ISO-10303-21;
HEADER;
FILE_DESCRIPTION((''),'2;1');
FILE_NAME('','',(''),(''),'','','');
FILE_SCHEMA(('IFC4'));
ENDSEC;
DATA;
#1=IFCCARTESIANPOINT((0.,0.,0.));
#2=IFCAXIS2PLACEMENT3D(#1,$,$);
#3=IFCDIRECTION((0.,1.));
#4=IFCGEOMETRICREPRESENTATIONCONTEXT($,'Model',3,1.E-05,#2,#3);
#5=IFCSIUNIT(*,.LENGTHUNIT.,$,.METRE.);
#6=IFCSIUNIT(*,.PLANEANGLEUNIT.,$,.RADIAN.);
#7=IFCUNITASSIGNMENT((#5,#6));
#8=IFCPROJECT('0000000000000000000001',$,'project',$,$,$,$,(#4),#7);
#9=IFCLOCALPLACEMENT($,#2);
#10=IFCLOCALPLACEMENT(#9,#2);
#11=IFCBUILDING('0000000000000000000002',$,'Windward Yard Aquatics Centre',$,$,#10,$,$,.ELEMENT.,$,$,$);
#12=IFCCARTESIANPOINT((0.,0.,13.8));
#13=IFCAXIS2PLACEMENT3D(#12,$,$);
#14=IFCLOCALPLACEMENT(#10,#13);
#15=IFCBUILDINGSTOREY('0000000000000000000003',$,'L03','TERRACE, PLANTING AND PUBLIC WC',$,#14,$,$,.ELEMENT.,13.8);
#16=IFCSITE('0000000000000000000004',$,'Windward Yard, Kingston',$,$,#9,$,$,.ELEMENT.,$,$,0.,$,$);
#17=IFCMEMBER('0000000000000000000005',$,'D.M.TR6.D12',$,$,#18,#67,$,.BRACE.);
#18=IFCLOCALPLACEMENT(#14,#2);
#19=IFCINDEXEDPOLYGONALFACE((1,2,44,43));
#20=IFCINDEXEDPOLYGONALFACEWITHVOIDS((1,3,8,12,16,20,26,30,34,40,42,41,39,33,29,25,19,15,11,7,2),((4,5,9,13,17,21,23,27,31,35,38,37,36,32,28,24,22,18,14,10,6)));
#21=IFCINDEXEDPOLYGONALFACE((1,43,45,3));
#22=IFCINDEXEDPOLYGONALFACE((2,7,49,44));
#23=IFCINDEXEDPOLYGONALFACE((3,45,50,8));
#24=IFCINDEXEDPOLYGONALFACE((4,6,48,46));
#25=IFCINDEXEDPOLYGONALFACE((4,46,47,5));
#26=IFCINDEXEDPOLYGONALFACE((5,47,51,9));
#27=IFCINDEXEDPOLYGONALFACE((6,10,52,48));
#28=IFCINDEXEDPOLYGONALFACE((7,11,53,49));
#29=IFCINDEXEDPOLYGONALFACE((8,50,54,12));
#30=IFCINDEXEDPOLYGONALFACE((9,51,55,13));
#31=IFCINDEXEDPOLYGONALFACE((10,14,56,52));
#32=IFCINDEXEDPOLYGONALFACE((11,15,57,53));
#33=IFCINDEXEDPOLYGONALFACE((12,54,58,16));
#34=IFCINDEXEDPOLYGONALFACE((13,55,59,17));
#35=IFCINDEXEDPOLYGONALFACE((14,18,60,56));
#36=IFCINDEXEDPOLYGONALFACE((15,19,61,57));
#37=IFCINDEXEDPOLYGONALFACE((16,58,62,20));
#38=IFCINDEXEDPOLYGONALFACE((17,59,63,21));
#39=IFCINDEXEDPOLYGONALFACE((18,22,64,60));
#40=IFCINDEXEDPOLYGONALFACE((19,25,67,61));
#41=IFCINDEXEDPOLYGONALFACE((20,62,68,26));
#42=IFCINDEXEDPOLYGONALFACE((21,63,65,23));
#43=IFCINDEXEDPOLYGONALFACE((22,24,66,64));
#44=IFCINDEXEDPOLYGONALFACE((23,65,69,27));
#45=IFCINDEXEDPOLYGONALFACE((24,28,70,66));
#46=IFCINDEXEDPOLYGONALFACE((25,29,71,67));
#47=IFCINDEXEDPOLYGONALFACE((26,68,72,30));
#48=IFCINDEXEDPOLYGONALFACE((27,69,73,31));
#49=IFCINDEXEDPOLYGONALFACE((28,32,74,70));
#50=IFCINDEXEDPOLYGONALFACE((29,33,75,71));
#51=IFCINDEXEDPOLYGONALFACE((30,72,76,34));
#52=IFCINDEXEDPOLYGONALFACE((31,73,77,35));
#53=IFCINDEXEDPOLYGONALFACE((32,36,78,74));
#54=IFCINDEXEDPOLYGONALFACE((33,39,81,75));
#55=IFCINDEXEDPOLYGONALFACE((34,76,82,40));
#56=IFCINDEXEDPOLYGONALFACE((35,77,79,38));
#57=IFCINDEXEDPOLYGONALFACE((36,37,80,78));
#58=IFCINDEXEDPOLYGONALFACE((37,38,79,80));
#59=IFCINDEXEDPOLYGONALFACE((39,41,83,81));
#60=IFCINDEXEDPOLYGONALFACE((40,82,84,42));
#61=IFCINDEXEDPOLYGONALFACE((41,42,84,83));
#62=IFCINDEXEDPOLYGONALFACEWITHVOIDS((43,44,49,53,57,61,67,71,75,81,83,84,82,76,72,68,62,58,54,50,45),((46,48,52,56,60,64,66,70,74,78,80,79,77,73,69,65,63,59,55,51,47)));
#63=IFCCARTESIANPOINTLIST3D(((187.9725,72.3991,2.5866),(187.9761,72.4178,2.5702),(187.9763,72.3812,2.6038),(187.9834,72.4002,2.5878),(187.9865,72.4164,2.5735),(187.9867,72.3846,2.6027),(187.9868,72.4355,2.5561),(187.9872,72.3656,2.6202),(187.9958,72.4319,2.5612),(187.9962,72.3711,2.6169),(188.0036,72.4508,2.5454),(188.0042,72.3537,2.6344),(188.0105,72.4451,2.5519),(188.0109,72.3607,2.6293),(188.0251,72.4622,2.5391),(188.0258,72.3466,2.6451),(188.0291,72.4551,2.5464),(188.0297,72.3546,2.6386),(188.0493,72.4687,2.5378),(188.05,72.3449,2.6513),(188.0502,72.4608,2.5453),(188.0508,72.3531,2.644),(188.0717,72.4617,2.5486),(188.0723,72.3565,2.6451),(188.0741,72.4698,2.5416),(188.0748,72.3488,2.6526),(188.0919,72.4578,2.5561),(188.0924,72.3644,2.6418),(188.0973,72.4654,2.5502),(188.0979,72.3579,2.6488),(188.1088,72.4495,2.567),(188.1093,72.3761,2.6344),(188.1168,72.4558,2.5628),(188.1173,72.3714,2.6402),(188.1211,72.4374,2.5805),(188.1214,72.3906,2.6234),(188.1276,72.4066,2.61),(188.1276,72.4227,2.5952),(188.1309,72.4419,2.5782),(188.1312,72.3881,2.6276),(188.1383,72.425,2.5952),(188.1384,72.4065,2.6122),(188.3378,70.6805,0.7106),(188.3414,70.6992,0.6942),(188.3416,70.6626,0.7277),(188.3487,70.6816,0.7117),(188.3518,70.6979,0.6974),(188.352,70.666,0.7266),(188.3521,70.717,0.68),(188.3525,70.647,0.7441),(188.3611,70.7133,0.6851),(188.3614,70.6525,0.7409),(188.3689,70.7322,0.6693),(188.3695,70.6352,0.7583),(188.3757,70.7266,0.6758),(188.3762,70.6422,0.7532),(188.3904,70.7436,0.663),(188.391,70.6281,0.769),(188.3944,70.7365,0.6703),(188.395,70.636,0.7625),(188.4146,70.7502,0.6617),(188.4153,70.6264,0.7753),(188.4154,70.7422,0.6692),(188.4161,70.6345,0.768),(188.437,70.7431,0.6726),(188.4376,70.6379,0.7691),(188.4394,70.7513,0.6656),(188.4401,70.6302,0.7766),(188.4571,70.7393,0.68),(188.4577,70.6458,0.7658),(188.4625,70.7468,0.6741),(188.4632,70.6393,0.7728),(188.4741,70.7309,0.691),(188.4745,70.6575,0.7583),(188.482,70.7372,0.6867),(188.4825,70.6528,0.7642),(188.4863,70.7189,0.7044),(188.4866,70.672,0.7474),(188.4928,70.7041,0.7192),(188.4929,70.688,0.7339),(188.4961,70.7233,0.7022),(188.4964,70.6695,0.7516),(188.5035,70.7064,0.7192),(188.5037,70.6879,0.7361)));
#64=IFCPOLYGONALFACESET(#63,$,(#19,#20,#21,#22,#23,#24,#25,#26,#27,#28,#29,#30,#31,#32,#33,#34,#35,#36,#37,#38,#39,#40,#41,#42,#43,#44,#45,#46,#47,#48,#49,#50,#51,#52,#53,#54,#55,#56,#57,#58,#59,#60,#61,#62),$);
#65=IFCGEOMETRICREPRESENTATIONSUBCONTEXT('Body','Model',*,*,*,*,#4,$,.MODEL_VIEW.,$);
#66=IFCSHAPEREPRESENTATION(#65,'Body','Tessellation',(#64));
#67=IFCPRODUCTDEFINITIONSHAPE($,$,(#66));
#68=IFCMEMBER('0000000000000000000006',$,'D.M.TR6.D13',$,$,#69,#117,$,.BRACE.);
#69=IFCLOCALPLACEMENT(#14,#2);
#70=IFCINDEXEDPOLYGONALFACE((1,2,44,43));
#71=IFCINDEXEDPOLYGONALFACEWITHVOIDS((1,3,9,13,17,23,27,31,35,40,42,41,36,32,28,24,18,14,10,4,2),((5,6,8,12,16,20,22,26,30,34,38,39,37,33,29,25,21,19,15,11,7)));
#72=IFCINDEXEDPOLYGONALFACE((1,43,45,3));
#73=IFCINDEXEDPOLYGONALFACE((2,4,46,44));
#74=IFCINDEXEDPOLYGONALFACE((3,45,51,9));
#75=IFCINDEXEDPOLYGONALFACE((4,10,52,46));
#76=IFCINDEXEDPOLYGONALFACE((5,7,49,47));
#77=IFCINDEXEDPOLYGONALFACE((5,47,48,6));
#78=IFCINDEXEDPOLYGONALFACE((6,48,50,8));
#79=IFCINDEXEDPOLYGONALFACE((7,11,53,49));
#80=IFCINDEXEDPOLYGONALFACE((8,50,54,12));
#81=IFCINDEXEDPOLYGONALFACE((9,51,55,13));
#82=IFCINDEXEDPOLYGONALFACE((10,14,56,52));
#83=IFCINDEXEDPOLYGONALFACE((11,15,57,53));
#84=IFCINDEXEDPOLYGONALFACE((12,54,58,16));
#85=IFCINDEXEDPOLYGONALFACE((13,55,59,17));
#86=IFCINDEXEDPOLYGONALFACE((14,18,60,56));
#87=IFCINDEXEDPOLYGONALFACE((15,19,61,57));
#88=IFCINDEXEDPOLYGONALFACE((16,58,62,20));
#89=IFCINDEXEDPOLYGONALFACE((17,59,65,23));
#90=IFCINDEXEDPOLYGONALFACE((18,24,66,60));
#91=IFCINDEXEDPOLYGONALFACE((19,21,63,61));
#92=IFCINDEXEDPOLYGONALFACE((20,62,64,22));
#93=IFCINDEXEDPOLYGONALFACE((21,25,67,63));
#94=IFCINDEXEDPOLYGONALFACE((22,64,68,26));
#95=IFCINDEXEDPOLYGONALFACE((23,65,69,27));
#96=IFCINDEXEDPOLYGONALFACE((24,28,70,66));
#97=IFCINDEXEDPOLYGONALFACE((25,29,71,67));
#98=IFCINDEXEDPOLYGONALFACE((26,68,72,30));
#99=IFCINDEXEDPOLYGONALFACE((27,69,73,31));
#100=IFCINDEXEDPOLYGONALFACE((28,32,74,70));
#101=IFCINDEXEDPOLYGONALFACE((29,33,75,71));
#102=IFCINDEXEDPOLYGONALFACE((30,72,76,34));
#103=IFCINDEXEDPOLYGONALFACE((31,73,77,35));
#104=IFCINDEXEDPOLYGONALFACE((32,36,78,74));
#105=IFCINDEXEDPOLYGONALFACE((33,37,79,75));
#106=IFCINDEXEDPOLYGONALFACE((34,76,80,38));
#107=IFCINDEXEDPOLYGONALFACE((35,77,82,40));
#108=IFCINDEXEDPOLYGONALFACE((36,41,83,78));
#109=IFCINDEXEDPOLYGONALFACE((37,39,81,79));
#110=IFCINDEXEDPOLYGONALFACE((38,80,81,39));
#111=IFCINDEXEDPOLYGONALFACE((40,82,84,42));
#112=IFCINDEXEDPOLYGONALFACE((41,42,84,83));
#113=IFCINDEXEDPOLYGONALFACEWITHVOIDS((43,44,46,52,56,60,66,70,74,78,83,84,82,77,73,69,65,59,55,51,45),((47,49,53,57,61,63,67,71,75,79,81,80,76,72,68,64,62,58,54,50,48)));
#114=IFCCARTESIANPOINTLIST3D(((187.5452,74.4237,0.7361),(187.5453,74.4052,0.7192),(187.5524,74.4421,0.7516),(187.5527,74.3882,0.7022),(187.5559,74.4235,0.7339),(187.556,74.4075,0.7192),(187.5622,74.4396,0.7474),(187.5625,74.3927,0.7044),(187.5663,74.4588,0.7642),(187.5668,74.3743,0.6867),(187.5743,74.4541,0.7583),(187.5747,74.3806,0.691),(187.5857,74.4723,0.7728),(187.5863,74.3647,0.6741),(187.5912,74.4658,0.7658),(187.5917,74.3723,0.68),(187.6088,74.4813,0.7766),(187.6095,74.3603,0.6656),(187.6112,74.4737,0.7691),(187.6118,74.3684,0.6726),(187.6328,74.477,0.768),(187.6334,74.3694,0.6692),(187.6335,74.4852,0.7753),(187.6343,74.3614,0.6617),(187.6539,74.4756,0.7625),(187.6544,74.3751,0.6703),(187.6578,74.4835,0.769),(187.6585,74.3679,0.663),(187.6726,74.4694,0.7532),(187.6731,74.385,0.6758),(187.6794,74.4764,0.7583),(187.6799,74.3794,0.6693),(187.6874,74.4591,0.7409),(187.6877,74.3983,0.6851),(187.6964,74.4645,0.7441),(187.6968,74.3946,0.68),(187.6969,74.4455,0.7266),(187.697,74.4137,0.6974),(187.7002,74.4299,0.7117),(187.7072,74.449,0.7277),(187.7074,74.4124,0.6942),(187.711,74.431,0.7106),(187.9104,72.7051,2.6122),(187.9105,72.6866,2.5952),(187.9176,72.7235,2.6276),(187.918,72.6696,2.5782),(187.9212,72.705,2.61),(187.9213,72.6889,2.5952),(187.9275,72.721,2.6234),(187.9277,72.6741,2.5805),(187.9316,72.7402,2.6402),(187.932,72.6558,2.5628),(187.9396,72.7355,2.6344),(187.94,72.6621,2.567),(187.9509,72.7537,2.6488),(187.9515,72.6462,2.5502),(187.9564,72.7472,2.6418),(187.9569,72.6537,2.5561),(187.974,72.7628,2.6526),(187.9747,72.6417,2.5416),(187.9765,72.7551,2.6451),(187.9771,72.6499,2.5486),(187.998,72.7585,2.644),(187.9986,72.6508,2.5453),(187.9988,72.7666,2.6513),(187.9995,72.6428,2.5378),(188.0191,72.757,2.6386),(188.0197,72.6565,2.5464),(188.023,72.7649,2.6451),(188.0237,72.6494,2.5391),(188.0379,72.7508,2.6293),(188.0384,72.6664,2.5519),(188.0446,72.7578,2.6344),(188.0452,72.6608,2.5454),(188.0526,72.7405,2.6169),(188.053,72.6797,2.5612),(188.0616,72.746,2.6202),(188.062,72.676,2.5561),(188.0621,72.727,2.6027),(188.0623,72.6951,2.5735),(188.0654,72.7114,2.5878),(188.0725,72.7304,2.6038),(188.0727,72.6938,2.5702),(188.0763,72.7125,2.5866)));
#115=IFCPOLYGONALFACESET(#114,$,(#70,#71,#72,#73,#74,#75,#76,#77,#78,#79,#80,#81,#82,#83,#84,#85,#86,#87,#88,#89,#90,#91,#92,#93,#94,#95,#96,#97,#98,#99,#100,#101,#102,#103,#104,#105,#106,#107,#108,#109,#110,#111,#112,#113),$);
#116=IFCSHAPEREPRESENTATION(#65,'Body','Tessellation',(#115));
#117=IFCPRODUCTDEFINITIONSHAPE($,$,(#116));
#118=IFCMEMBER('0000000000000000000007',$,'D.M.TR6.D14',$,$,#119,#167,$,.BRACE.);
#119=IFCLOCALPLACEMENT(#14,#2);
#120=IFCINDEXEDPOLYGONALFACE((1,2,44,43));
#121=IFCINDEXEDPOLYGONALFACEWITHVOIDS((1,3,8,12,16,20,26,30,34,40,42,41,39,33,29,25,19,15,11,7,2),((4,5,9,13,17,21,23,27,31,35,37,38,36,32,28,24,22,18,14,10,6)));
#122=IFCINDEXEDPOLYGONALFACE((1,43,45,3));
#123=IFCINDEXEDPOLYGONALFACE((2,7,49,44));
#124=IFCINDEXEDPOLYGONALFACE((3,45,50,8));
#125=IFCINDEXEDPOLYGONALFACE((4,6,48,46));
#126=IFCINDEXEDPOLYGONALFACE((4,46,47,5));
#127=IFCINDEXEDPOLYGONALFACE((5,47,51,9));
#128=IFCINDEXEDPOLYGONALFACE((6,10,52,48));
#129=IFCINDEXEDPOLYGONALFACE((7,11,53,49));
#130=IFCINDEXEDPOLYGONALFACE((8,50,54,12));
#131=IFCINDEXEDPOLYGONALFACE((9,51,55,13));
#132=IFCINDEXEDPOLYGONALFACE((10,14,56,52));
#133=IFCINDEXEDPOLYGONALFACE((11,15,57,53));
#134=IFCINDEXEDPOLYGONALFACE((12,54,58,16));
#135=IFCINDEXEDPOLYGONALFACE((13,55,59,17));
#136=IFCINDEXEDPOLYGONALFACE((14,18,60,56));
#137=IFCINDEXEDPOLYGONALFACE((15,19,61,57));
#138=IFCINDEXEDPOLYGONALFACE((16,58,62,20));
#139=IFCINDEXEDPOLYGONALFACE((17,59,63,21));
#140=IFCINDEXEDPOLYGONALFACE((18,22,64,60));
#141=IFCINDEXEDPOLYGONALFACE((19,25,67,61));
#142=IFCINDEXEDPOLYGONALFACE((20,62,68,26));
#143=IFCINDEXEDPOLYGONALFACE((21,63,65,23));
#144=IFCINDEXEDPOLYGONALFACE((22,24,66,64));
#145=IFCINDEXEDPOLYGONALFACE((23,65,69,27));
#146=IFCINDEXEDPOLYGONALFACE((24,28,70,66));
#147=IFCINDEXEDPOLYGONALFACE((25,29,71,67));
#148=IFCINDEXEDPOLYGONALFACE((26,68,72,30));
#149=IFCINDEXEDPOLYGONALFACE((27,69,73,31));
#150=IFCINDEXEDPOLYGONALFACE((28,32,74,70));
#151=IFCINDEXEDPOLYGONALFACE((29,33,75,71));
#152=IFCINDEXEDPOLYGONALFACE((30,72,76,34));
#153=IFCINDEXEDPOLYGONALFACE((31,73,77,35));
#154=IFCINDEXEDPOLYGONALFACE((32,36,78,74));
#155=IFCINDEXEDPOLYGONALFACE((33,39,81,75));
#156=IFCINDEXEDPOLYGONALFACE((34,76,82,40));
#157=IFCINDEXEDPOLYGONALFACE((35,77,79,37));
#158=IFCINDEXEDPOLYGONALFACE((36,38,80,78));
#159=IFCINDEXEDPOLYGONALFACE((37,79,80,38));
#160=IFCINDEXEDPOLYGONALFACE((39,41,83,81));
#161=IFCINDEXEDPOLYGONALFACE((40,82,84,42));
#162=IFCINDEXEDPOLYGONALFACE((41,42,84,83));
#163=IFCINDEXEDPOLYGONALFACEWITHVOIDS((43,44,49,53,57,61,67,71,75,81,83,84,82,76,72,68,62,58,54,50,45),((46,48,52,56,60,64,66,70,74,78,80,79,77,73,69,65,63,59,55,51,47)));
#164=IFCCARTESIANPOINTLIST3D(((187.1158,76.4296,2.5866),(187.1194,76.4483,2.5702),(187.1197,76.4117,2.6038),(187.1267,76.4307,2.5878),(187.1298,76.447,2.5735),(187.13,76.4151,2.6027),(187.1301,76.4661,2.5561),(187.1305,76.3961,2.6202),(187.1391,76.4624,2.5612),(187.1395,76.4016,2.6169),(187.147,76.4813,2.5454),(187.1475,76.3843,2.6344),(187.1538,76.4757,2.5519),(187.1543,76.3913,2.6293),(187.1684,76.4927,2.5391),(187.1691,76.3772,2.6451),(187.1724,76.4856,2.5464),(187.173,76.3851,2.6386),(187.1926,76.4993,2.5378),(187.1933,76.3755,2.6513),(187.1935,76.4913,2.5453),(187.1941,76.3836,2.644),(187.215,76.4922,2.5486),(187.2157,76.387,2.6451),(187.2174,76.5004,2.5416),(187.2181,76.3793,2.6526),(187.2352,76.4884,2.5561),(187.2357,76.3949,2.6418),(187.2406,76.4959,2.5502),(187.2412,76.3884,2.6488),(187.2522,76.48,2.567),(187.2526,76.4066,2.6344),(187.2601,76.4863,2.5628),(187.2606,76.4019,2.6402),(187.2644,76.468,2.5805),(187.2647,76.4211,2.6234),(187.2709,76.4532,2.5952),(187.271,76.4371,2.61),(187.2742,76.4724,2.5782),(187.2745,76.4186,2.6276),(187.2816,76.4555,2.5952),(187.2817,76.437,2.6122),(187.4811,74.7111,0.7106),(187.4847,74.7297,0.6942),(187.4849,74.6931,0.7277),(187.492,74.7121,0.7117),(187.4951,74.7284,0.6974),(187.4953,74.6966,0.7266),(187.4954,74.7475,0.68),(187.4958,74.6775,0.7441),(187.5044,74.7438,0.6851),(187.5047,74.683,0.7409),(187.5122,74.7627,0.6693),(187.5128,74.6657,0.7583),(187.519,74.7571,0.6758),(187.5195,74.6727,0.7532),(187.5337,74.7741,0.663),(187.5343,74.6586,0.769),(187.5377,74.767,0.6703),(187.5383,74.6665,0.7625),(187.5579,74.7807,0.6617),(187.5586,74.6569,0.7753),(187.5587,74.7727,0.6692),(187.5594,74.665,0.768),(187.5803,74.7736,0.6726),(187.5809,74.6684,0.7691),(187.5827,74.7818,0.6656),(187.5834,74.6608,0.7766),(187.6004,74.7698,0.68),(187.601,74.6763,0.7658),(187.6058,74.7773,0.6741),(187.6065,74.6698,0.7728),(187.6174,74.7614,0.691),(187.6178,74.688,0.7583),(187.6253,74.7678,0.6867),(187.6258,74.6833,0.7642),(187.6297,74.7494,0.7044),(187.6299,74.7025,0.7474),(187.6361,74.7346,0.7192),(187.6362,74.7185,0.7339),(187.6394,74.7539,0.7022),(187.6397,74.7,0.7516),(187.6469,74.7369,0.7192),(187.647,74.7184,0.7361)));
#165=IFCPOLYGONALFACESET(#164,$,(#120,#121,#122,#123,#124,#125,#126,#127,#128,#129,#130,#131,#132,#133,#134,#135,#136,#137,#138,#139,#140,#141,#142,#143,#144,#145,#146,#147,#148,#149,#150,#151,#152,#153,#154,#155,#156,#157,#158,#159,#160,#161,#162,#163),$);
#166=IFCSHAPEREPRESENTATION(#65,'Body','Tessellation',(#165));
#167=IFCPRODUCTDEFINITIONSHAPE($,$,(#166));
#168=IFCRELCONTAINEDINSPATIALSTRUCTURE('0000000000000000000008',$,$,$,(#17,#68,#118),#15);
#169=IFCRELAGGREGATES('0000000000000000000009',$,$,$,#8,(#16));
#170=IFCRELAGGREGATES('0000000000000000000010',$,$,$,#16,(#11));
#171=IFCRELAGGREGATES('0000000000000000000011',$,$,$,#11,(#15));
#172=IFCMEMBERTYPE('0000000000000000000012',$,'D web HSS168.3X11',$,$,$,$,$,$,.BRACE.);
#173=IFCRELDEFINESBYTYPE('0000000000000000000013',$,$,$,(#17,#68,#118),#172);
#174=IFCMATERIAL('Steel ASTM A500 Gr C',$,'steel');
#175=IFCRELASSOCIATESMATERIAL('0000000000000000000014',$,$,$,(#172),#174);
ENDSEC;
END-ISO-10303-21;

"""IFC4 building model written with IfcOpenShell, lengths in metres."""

from ifc_helpers import new_model, si_unit, direction, frame, origin, origin_2d, place, context, subcontext, project, spatial, hollow_circle, extrude, material, material_profile, profile_set, type_object, element, save


model = new_model("IFC4")

# Units and contexts
model_context = context("Model", 3, precision=1e-05, world=origin(), true_north=direction((0.0, 1.0)))
body_context = subcontext(model_context, "Body", "Model", "MODEL_VIEW")
ifc_project = project(units=[si_unit("LENGTHUNIT", "METRE"), si_unit("PLANEANGLEUNIT", "RADIAN")], contexts=[model_context])

# Site, building, storey
site_placement = place(None, origin())
site = spatial("IfcSite", under=ifc_project, at=site_placement, Name="Windward Yard, Kingston", CompositionType="ELEMENT", RefElevation=0.0)
building_placement = place(site_placement, origin())
building = spatial("IfcBuilding", under=site, at=building_placement, Name="Windward Yard Aquatics Centre", CompositionType="ELEMENT")
storey_placement = place(building_placement, frame((0.0, 0.0, 13.8)))
storey = spatial("IfcBuildingStorey", under=building, at=storey_placement, Name="L03", Description="TERRACE, PLANTING AND PUBLIC WC", CompositionType="ELEMENT", Elevation=13.8)

# Members
ifc_material_1 = material(Name="Steel ASTM A500 Gr C", Category="steel")
ifc_material_profile_1 = material_profile(ifc_material_1, hollow_circle(Radius=0.0842, WallThickness=0.011, at=origin_2d()), Name="HSS168.3X11")
ifc_profile_set_1 = profile_set([ifc_material_profile_1], Name="Steel ASTM A500 Gr C")
member_type_1 = type_object("IfcMemberType", Name="D web HSS168.3X11", PredefinedType="BRACE", material=ifc_profile_set_1)
for number, where, z_axis, x_axis, name in (
    (1, (188.0559, 72.4075, 2.5952), (0.142103, -0.668626, -0.729894), (0.978153, 0.207887, 0.0), "D.M.TR6.D12"),
    (2, (187.9929, 72.7041, 2.5952), (-0.142103, 0.668626, -0.729894), (-0.978153, -0.207887, 0.0), "D.M.TR6.D13"),
    (3, (187.1992, 76.438, 2.5952), (0.142103, -0.668626, -0.729894), (0.978153, 0.207887, 0.0), "D.M.TR6.D14"),
):
    element("IfcMember", number, at=place(storey_placement, frame(where, z_axis=z_axis, x_axis=x_axis)), inside=storey, type_object=member_type_1, Name=name, PredefinedType="BRACE", context=body_context, shape_type="SweptSolid", body=[
        extrude(hollow_circle(Radius=0.0842, WallThickness=0.011, at=origin_2d()), origin(), (0.0, 0.0, 1.0), 2.5703),
    ])

save(model, "model.ifc")
